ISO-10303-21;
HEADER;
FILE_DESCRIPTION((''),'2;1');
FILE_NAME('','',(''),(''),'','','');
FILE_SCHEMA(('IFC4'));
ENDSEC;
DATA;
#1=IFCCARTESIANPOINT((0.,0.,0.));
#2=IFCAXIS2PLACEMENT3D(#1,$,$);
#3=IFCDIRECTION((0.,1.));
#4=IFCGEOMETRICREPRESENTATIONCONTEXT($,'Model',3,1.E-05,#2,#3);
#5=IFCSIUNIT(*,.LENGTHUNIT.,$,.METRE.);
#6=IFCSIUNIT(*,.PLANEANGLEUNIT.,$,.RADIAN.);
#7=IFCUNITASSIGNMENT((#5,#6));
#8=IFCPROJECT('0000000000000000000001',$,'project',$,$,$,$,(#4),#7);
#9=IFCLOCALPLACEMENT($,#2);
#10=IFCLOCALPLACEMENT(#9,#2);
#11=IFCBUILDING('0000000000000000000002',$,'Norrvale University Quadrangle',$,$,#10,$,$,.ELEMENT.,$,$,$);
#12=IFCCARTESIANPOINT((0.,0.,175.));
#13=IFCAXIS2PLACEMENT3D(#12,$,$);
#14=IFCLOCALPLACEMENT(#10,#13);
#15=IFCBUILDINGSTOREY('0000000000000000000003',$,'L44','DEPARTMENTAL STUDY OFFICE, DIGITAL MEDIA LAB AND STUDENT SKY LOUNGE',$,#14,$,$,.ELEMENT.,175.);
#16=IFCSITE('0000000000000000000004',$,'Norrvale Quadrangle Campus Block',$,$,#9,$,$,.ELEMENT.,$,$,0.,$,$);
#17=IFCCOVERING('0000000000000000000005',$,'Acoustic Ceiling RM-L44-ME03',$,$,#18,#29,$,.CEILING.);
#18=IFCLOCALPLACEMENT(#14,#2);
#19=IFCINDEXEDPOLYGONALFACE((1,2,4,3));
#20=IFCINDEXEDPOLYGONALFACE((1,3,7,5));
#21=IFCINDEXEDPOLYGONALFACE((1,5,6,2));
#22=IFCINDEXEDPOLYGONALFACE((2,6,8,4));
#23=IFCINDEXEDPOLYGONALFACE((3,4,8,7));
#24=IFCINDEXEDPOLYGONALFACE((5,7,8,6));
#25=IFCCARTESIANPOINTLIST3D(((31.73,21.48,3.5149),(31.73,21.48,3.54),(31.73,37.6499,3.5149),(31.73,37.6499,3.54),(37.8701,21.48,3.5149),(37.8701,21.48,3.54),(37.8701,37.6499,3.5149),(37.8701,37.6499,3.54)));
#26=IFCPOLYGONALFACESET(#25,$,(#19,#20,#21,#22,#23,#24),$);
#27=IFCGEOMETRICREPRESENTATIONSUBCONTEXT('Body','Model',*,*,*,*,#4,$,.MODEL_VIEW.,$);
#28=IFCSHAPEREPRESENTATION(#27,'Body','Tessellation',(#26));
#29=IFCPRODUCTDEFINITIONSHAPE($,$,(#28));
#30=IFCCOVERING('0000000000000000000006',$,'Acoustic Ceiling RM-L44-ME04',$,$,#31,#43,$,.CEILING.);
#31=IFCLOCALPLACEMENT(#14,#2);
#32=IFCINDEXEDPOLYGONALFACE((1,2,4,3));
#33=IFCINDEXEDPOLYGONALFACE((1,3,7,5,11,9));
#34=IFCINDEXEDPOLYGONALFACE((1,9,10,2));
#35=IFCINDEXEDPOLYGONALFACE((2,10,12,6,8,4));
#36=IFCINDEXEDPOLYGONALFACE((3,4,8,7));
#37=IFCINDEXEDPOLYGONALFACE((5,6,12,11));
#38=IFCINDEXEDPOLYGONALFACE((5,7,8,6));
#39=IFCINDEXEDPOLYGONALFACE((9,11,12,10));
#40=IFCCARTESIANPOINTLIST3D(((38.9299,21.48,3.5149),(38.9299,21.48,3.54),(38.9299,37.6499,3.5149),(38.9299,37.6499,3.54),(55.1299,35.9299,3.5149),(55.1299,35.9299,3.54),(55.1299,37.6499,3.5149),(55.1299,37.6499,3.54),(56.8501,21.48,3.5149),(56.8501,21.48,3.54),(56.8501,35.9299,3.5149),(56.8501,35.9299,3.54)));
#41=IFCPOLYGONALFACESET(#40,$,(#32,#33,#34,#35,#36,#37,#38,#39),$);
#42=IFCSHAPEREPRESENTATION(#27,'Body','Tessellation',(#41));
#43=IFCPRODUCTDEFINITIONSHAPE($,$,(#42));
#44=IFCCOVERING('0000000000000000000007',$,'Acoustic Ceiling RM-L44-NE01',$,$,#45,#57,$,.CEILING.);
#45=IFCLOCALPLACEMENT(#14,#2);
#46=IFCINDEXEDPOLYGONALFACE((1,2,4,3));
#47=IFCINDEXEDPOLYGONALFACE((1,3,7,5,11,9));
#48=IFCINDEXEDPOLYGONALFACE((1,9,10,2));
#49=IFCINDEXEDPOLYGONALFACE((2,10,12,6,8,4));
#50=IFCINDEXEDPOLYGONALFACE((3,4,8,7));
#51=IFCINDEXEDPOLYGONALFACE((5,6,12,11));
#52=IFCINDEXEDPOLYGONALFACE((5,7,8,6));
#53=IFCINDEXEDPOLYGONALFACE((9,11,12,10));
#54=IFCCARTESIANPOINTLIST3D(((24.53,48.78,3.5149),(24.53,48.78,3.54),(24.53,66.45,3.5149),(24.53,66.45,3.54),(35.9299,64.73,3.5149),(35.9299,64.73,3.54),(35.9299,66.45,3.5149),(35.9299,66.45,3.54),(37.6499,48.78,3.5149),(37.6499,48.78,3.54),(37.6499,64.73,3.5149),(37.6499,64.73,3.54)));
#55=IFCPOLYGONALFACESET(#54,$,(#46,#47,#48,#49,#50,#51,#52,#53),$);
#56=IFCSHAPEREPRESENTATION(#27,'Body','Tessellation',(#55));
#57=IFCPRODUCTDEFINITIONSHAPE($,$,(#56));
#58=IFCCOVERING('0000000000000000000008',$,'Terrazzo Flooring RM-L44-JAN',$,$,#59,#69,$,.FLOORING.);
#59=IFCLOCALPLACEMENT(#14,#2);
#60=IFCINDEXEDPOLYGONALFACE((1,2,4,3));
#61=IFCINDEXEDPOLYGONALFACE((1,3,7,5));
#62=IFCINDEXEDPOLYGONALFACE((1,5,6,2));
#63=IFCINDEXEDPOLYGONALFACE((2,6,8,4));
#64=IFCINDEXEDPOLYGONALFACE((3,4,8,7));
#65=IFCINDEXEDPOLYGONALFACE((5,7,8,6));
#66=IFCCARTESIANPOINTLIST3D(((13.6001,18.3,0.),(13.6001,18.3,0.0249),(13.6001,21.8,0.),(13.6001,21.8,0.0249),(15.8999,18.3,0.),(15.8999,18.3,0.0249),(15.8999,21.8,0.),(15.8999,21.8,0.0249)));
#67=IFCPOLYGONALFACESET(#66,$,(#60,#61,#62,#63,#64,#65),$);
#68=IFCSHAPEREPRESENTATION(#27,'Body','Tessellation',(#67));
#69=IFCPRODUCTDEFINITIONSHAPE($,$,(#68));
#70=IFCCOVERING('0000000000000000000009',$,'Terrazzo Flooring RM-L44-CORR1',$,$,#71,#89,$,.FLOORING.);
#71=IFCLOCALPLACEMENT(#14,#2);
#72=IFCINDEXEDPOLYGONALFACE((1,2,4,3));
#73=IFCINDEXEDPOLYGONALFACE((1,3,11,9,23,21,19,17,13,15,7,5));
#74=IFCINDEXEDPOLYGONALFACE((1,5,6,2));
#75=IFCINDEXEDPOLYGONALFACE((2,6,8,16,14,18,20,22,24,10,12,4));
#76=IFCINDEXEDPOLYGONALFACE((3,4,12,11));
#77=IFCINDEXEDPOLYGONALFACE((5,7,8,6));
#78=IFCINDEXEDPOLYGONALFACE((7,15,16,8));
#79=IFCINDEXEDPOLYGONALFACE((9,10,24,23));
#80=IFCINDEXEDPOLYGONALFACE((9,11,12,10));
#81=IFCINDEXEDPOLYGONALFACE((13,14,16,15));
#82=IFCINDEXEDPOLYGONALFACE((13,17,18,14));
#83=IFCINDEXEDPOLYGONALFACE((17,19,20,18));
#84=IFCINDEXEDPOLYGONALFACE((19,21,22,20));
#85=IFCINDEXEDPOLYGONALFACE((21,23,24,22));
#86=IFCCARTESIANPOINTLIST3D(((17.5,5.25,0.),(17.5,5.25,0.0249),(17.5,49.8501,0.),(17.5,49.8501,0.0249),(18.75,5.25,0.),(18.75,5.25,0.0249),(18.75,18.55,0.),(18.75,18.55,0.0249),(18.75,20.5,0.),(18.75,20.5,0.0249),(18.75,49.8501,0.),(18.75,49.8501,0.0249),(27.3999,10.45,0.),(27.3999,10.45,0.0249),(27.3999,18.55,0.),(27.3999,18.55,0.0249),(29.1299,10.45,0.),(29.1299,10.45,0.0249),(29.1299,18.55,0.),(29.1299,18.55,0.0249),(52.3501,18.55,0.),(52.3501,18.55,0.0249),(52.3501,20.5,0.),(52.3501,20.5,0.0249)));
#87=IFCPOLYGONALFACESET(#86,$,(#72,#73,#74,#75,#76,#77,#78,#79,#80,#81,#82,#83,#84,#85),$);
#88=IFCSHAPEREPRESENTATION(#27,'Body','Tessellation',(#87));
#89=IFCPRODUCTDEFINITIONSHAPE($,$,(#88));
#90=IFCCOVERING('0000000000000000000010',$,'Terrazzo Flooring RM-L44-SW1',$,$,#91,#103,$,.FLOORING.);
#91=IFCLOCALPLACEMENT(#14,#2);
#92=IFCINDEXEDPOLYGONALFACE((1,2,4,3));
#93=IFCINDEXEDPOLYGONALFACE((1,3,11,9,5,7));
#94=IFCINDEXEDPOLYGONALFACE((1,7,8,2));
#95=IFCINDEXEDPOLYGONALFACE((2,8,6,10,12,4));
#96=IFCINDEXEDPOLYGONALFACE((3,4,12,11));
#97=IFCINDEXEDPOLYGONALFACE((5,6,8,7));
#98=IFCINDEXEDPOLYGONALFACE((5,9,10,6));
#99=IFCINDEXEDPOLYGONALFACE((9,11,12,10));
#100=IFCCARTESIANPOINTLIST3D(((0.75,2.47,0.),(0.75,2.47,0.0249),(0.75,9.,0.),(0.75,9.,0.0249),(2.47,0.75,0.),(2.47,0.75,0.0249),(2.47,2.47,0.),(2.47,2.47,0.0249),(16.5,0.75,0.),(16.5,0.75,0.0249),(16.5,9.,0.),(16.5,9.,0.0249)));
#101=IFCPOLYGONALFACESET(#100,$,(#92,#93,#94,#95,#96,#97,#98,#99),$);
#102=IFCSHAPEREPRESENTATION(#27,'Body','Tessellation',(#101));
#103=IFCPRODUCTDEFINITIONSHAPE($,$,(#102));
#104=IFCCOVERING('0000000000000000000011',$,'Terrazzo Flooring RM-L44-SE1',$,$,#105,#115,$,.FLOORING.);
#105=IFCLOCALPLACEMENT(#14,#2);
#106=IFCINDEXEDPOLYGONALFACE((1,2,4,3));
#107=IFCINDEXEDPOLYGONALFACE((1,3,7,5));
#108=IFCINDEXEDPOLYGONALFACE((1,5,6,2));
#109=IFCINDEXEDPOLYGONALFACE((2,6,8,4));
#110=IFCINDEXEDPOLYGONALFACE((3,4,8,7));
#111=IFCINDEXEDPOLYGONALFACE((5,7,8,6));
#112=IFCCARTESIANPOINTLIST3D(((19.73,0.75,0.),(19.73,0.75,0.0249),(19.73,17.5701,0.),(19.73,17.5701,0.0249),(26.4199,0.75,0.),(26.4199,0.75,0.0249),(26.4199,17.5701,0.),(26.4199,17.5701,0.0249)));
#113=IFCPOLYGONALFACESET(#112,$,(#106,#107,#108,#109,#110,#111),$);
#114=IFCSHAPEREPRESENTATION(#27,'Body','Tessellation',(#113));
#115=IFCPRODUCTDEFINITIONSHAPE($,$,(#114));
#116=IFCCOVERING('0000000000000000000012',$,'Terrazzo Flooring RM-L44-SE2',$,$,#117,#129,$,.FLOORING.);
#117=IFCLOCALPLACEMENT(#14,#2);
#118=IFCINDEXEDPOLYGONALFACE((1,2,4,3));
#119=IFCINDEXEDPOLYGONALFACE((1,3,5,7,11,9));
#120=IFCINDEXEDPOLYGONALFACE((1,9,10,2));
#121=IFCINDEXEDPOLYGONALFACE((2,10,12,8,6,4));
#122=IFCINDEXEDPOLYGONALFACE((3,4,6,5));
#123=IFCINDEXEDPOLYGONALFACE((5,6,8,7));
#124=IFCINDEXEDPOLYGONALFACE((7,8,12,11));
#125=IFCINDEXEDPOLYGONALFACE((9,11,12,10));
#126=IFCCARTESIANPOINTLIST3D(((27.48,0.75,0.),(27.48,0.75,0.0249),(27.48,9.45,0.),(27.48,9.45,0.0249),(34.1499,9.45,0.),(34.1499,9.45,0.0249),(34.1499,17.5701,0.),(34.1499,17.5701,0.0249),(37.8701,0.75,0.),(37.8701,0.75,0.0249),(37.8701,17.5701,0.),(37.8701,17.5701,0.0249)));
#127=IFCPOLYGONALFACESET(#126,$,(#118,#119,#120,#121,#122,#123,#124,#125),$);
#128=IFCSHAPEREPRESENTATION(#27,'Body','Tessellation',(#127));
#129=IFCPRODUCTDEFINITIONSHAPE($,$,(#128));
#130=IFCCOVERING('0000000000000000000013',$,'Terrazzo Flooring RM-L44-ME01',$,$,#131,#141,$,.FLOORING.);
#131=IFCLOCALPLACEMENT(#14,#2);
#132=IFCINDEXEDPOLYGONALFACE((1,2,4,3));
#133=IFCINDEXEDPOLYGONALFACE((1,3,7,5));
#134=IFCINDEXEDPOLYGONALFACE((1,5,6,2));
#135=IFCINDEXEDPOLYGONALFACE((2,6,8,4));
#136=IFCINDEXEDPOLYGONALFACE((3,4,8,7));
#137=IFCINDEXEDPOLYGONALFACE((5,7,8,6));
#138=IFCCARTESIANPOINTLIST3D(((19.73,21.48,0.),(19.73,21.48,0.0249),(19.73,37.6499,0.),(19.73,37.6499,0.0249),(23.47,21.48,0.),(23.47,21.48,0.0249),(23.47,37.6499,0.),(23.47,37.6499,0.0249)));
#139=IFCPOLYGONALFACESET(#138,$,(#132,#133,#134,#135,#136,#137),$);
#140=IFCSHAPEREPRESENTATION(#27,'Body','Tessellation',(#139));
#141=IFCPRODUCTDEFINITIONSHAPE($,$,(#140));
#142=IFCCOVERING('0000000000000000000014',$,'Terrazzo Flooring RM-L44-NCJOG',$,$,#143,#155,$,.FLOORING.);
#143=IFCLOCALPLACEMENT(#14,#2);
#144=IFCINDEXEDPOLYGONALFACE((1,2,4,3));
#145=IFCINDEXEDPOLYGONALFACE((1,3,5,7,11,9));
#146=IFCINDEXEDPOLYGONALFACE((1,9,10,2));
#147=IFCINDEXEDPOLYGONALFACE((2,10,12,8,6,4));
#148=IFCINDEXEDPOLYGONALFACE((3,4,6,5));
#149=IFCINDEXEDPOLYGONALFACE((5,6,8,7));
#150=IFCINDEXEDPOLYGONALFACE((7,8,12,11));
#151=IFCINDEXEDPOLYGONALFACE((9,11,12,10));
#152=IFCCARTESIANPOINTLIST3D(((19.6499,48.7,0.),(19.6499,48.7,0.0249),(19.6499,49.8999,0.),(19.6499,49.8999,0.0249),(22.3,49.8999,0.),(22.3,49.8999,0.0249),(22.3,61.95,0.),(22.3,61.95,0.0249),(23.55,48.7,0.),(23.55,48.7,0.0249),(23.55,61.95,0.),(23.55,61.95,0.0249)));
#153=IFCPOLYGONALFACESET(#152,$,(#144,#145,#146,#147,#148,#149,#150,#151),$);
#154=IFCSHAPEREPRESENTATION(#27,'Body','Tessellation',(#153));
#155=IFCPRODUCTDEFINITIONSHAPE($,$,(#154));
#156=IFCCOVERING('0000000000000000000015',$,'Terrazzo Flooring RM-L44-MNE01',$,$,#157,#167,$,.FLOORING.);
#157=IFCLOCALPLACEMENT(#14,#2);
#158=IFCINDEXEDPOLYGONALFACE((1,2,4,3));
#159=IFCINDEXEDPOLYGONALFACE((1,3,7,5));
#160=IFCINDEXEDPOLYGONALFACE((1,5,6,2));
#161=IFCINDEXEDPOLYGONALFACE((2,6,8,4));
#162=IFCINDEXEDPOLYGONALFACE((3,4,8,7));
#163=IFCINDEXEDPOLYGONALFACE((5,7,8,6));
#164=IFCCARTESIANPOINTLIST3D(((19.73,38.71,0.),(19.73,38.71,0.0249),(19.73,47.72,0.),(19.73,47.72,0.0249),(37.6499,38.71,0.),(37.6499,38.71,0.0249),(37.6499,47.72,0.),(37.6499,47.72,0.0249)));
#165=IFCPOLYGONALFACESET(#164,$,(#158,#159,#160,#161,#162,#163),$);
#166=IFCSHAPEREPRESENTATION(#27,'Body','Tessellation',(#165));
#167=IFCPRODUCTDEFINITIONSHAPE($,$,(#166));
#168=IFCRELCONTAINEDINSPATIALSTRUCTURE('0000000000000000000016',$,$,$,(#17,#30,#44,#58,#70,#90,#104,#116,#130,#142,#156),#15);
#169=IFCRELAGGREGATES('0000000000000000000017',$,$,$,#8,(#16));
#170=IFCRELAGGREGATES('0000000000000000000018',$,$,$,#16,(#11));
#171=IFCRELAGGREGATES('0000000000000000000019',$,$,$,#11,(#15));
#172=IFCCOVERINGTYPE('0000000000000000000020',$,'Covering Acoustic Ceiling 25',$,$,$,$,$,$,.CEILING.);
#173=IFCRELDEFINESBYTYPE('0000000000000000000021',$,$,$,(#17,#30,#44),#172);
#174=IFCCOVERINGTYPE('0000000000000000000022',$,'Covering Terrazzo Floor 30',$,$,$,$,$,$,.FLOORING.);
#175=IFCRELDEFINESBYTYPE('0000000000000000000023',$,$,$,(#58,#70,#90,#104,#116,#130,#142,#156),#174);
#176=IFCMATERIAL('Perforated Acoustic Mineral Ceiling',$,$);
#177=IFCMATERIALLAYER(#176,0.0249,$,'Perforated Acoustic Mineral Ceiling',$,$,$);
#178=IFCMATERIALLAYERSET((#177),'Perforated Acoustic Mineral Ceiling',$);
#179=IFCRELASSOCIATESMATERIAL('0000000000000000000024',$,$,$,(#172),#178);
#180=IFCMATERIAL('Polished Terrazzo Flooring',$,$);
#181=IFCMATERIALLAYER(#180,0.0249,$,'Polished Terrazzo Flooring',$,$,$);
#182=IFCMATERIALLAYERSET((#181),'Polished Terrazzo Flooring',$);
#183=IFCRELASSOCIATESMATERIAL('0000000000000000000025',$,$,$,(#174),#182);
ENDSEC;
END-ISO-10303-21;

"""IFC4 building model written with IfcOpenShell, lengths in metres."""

from ifc_helpers import new_model, si_unit, direction, frame, origin, place, context, subcontext, project, spatial, polyline, outline, extrude, material, layer, layer_set, type_object, element, save


model = new_model("IFC4")

# Units and contexts
model_context = context("Model", 3, precision=1e-05, world=origin(), true_north=direction((0.0, 1.0)))
body_context = subcontext(model_context, "Body", "Model", "MODEL_VIEW")
ifc_project = project(units=[si_unit("LENGTHUNIT", "METRE"), si_unit("PLANEANGLEUNIT", "RADIAN")], contexts=[model_context])

# Site, building, storey
site_placement = place(None, origin())
site = spatial("IfcSite", under=ifc_project, at=site_placement, Name="Norrvale Quadrangle Campus Block", CompositionType="ELEMENT", RefElevation=0.0)
building_placement = place(site_placement, origin())
building = spatial("IfcBuilding", under=site, at=building_placement, Name="Norrvale University Quadrangle", CompositionType="ELEMENT")
storey_placement = place(building_placement, frame((0.0, 0.0, 175.0)))
storey = spatial("IfcBuildingStorey", under=building, at=storey_placement, Name="L44", Description="DEPARTMENTAL STUDY OFFICE, DIGITAL MEDIA LAB AND STUDENT SKY LOUNGE", CompositionType="ELEMENT", Elevation=175.0)

# Coverings
ifc_material_1 = material(Name="Perforated Acoustic Mineral Ceiling")
ifc_layer_1 = layer(ifc_material_1, 0.0249, Name="Perforated Acoustic Mineral Ceiling")
ifc_layer_set_1 = layer_set([ifc_layer_1], Name="Perforated Acoustic Mineral Ceiling")
covering_type_1 = type_object("IfcCoveringType", Name="Covering Acoustic Ceiling 25", PredefinedType="CEILING", material=ifc_layer_set_1)
covering_1_placement = place(storey_placement, frame((0.0, 0.0, 3.5149)))
element("IfcCovering", 1, at=covering_1_placement, inside=storey, type_object=covering_type_1, Name="Acoustic Ceiling RM-L44-ME03", PredefinedType="CEILING", context=body_context, shape_type="SweptSolid", body=[
    extrude(outline(polyline([(31.73, 37.6499), (37.8701, 37.6499), (37.8701, 21.48), (31.73, 21.48), (31.73, 37.6499)])), origin(), (0.0, 0.0, 1.0), 0.0251),
])
covering_2_placement = place(storey_placement, frame((0.0, 0.0, 3.5149)))
element("IfcCovering", 2, at=covering_2_placement, inside=storey, type_object=covering_type_1, Name="Acoustic Ceiling RM-L44-ME04", PredefinedType="CEILING", context=body_context, shape_type="SweptSolid", body=[
    extrude(outline(polyline([(56.8501, 21.48), (38.9299, 21.48), (38.9299, 37.6499), (55.1299, 37.6499), (55.1299, 35.9299), (56.8501, 35.9299), (56.8501, 21.48)])), origin(), (0.0, 0.0, 1.0), 0.0251),
])
covering_3_placement = place(storey_placement, frame((0.0, 0.0, 3.5149)))
element("IfcCovering", 3, at=covering_3_placement, inside=storey, type_object=covering_type_1, Name="Acoustic Ceiling RM-L44-NE01", PredefinedType="CEILING", context=body_context, shape_type="SweptSolid", body=[
    extrude(outline(polyline([(37.6499, 48.78), (24.53, 48.78), (24.53, 66.45), (35.9299, 66.45), (35.9299, 64.73), (37.6499, 64.73), (37.6499, 48.78)])), origin(), (0.0, 0.0, 1.0), 0.0251),
])
ifc_material_2 = material(Name="Polished Terrazzo Flooring")
ifc_layer_2 = layer(ifc_material_2, 0.0249, Name="Polished Terrazzo Flooring")
ifc_layer_set_2 = layer_set([ifc_layer_2], Name="Polished Terrazzo Flooring")
covering_type_2 = type_object("IfcCoveringType", Name="Covering Terrazzo Floor 30", PredefinedType="FLOORING", material=ifc_layer_set_2)
covering_4_placement = place(storey_placement, origin())
element("IfcCovering", 4, at=covering_4_placement, inside=storey, type_object=covering_type_2, Name="Terrazzo Flooring RM-L44-JAN", PredefinedType="FLOORING", context=body_context, shape_type="SweptSolid", body=[
    extrude(outline(polyline([(13.6001, 18.3), (13.6001, 21.8), (15.8999, 21.8), (15.8999, 18.3), (13.6001, 18.3)])), origin(), (0.0, 0.0, 1.0), 0.0249),
])
covering_5_placement = place(storey_placement, origin())
element("IfcCovering", 5, at=covering_5_placement, inside=storey, type_object=covering_type_2, Name="Terrazzo Flooring RM-L44-CORR1", PredefinedType="FLOORING", context=body_context, shape_type="SweptSolid", body=[
    extrude(outline(polyline([(17.5, 5.25), (17.5, 49.8501), (18.75, 49.8501), (18.75, 20.5), (52.3501, 20.5), (52.3501, 18.55), (29.1299, 18.55), (29.1299, 10.45), (27.3999, 10.45), (27.3999, 18.55), (18.75, 18.55), (18.75, 5.25), (17.5, 5.25)])), origin(), (0.0, 0.0, 1.0), 0.0249),
])
covering_6_placement = place(storey_placement, origin())
element("IfcCovering", 6, at=covering_6_placement, inside=storey, type_object=covering_type_2, Name="Terrazzo Flooring RM-L44-SW1", PredefinedType="FLOORING", context=body_context, shape_type="SweptSolid", body=[
    extrude(outline(polyline([(0.75, 9.0), (16.5, 9.0), (16.5, 0.75), (2.47, 0.75), (2.47, 2.47), (0.75, 2.47), (0.75, 9.0)])), origin(), (0.0, 0.0, 1.0), 0.0249),
])
covering_7_placement = place(storey_placement, origin())
element("IfcCovering", 7, at=covering_7_placement, inside=storey, type_object=covering_type_2, Name="Terrazzo Flooring RM-L44-SE1", PredefinedType="FLOORING", context=body_context, shape_type="SweptSolid", body=[
    extrude(outline(polyline([(19.73, 17.5701), (26.4199, 17.5701), (26.4199, 0.75), (19.73, 0.75), (19.73, 17.5701)])), origin(), (0.0, 0.0, 1.0), 0.0249),
])
covering_8_placement = place(storey_placement, origin())
element("IfcCovering", 8, at=covering_8_placement, inside=storey, type_object=covering_type_2, Name="Terrazzo Flooring RM-L44-SE2", PredefinedType="FLOORING", context=body_context, shape_type="SweptSolid", body=[
    extrude(outline(polyline([(27.48, 9.45), (34.1499, 9.45), (34.1499, 17.5701), (37.8701, 17.5701), (37.8701, 0.75), (27.48, 0.75), (27.48, 9.45)])), origin(), (0.0, 0.0, 1.0), 0.0249),
])
covering_9_placement = place(storey_placement, origin())
element("IfcCovering", 9, at=covering_9_placement, inside=storey, type_object=covering_type_2, Name="Terrazzo Flooring RM-L44-ME01", PredefinedType="FLOORING", context=body_context, shape_type="SweptSolid", body=[
    extrude(outline(polyline([(19.73, 37.6499), (23.47, 37.6499), (23.47, 21.48), (19.73, 21.48), (19.73, 37.6499)])), origin(), (0.0, 0.0, 1.0), 0.0249),
])
covering_10_placement = place(storey_placement, origin())
element("IfcCovering", 10, at=covering_10_placement, inside=storey, type_object=covering_type_2, Name="Terrazzo Flooring RM-L44-NCJOG", PredefinedType="FLOORING", context=body_context, shape_type="SweptSolid", body=[
    extrude(outline(polyline([(19.6499, 48.7), (19.6499, 49.8999), (22.3, 49.8999), (22.3, 61.95), (23.55, 61.95), (23.55, 48.7), (19.6499, 48.7)])), origin(), (0.0, 0.0, 1.0), 0.0249),
])
covering_11_placement = place(storey_placement, origin())
element("IfcCovering", 11, at=covering_11_placement, inside=storey, type_object=covering_type_2, Name="Terrazzo Flooring RM-L44-MNE01", PredefinedType="FLOORING", context=body_context, shape_type="SweptSolid", body=[
    extrude(outline(polyline([(19.73, 47.72), (37.6499, 47.72), (37.6499, 38.71), (19.73, 38.71), (19.73, 47.72)])), origin(), (0.0, 0.0, 1.0), 0.0249),
])

save(model, "model.ifc")
